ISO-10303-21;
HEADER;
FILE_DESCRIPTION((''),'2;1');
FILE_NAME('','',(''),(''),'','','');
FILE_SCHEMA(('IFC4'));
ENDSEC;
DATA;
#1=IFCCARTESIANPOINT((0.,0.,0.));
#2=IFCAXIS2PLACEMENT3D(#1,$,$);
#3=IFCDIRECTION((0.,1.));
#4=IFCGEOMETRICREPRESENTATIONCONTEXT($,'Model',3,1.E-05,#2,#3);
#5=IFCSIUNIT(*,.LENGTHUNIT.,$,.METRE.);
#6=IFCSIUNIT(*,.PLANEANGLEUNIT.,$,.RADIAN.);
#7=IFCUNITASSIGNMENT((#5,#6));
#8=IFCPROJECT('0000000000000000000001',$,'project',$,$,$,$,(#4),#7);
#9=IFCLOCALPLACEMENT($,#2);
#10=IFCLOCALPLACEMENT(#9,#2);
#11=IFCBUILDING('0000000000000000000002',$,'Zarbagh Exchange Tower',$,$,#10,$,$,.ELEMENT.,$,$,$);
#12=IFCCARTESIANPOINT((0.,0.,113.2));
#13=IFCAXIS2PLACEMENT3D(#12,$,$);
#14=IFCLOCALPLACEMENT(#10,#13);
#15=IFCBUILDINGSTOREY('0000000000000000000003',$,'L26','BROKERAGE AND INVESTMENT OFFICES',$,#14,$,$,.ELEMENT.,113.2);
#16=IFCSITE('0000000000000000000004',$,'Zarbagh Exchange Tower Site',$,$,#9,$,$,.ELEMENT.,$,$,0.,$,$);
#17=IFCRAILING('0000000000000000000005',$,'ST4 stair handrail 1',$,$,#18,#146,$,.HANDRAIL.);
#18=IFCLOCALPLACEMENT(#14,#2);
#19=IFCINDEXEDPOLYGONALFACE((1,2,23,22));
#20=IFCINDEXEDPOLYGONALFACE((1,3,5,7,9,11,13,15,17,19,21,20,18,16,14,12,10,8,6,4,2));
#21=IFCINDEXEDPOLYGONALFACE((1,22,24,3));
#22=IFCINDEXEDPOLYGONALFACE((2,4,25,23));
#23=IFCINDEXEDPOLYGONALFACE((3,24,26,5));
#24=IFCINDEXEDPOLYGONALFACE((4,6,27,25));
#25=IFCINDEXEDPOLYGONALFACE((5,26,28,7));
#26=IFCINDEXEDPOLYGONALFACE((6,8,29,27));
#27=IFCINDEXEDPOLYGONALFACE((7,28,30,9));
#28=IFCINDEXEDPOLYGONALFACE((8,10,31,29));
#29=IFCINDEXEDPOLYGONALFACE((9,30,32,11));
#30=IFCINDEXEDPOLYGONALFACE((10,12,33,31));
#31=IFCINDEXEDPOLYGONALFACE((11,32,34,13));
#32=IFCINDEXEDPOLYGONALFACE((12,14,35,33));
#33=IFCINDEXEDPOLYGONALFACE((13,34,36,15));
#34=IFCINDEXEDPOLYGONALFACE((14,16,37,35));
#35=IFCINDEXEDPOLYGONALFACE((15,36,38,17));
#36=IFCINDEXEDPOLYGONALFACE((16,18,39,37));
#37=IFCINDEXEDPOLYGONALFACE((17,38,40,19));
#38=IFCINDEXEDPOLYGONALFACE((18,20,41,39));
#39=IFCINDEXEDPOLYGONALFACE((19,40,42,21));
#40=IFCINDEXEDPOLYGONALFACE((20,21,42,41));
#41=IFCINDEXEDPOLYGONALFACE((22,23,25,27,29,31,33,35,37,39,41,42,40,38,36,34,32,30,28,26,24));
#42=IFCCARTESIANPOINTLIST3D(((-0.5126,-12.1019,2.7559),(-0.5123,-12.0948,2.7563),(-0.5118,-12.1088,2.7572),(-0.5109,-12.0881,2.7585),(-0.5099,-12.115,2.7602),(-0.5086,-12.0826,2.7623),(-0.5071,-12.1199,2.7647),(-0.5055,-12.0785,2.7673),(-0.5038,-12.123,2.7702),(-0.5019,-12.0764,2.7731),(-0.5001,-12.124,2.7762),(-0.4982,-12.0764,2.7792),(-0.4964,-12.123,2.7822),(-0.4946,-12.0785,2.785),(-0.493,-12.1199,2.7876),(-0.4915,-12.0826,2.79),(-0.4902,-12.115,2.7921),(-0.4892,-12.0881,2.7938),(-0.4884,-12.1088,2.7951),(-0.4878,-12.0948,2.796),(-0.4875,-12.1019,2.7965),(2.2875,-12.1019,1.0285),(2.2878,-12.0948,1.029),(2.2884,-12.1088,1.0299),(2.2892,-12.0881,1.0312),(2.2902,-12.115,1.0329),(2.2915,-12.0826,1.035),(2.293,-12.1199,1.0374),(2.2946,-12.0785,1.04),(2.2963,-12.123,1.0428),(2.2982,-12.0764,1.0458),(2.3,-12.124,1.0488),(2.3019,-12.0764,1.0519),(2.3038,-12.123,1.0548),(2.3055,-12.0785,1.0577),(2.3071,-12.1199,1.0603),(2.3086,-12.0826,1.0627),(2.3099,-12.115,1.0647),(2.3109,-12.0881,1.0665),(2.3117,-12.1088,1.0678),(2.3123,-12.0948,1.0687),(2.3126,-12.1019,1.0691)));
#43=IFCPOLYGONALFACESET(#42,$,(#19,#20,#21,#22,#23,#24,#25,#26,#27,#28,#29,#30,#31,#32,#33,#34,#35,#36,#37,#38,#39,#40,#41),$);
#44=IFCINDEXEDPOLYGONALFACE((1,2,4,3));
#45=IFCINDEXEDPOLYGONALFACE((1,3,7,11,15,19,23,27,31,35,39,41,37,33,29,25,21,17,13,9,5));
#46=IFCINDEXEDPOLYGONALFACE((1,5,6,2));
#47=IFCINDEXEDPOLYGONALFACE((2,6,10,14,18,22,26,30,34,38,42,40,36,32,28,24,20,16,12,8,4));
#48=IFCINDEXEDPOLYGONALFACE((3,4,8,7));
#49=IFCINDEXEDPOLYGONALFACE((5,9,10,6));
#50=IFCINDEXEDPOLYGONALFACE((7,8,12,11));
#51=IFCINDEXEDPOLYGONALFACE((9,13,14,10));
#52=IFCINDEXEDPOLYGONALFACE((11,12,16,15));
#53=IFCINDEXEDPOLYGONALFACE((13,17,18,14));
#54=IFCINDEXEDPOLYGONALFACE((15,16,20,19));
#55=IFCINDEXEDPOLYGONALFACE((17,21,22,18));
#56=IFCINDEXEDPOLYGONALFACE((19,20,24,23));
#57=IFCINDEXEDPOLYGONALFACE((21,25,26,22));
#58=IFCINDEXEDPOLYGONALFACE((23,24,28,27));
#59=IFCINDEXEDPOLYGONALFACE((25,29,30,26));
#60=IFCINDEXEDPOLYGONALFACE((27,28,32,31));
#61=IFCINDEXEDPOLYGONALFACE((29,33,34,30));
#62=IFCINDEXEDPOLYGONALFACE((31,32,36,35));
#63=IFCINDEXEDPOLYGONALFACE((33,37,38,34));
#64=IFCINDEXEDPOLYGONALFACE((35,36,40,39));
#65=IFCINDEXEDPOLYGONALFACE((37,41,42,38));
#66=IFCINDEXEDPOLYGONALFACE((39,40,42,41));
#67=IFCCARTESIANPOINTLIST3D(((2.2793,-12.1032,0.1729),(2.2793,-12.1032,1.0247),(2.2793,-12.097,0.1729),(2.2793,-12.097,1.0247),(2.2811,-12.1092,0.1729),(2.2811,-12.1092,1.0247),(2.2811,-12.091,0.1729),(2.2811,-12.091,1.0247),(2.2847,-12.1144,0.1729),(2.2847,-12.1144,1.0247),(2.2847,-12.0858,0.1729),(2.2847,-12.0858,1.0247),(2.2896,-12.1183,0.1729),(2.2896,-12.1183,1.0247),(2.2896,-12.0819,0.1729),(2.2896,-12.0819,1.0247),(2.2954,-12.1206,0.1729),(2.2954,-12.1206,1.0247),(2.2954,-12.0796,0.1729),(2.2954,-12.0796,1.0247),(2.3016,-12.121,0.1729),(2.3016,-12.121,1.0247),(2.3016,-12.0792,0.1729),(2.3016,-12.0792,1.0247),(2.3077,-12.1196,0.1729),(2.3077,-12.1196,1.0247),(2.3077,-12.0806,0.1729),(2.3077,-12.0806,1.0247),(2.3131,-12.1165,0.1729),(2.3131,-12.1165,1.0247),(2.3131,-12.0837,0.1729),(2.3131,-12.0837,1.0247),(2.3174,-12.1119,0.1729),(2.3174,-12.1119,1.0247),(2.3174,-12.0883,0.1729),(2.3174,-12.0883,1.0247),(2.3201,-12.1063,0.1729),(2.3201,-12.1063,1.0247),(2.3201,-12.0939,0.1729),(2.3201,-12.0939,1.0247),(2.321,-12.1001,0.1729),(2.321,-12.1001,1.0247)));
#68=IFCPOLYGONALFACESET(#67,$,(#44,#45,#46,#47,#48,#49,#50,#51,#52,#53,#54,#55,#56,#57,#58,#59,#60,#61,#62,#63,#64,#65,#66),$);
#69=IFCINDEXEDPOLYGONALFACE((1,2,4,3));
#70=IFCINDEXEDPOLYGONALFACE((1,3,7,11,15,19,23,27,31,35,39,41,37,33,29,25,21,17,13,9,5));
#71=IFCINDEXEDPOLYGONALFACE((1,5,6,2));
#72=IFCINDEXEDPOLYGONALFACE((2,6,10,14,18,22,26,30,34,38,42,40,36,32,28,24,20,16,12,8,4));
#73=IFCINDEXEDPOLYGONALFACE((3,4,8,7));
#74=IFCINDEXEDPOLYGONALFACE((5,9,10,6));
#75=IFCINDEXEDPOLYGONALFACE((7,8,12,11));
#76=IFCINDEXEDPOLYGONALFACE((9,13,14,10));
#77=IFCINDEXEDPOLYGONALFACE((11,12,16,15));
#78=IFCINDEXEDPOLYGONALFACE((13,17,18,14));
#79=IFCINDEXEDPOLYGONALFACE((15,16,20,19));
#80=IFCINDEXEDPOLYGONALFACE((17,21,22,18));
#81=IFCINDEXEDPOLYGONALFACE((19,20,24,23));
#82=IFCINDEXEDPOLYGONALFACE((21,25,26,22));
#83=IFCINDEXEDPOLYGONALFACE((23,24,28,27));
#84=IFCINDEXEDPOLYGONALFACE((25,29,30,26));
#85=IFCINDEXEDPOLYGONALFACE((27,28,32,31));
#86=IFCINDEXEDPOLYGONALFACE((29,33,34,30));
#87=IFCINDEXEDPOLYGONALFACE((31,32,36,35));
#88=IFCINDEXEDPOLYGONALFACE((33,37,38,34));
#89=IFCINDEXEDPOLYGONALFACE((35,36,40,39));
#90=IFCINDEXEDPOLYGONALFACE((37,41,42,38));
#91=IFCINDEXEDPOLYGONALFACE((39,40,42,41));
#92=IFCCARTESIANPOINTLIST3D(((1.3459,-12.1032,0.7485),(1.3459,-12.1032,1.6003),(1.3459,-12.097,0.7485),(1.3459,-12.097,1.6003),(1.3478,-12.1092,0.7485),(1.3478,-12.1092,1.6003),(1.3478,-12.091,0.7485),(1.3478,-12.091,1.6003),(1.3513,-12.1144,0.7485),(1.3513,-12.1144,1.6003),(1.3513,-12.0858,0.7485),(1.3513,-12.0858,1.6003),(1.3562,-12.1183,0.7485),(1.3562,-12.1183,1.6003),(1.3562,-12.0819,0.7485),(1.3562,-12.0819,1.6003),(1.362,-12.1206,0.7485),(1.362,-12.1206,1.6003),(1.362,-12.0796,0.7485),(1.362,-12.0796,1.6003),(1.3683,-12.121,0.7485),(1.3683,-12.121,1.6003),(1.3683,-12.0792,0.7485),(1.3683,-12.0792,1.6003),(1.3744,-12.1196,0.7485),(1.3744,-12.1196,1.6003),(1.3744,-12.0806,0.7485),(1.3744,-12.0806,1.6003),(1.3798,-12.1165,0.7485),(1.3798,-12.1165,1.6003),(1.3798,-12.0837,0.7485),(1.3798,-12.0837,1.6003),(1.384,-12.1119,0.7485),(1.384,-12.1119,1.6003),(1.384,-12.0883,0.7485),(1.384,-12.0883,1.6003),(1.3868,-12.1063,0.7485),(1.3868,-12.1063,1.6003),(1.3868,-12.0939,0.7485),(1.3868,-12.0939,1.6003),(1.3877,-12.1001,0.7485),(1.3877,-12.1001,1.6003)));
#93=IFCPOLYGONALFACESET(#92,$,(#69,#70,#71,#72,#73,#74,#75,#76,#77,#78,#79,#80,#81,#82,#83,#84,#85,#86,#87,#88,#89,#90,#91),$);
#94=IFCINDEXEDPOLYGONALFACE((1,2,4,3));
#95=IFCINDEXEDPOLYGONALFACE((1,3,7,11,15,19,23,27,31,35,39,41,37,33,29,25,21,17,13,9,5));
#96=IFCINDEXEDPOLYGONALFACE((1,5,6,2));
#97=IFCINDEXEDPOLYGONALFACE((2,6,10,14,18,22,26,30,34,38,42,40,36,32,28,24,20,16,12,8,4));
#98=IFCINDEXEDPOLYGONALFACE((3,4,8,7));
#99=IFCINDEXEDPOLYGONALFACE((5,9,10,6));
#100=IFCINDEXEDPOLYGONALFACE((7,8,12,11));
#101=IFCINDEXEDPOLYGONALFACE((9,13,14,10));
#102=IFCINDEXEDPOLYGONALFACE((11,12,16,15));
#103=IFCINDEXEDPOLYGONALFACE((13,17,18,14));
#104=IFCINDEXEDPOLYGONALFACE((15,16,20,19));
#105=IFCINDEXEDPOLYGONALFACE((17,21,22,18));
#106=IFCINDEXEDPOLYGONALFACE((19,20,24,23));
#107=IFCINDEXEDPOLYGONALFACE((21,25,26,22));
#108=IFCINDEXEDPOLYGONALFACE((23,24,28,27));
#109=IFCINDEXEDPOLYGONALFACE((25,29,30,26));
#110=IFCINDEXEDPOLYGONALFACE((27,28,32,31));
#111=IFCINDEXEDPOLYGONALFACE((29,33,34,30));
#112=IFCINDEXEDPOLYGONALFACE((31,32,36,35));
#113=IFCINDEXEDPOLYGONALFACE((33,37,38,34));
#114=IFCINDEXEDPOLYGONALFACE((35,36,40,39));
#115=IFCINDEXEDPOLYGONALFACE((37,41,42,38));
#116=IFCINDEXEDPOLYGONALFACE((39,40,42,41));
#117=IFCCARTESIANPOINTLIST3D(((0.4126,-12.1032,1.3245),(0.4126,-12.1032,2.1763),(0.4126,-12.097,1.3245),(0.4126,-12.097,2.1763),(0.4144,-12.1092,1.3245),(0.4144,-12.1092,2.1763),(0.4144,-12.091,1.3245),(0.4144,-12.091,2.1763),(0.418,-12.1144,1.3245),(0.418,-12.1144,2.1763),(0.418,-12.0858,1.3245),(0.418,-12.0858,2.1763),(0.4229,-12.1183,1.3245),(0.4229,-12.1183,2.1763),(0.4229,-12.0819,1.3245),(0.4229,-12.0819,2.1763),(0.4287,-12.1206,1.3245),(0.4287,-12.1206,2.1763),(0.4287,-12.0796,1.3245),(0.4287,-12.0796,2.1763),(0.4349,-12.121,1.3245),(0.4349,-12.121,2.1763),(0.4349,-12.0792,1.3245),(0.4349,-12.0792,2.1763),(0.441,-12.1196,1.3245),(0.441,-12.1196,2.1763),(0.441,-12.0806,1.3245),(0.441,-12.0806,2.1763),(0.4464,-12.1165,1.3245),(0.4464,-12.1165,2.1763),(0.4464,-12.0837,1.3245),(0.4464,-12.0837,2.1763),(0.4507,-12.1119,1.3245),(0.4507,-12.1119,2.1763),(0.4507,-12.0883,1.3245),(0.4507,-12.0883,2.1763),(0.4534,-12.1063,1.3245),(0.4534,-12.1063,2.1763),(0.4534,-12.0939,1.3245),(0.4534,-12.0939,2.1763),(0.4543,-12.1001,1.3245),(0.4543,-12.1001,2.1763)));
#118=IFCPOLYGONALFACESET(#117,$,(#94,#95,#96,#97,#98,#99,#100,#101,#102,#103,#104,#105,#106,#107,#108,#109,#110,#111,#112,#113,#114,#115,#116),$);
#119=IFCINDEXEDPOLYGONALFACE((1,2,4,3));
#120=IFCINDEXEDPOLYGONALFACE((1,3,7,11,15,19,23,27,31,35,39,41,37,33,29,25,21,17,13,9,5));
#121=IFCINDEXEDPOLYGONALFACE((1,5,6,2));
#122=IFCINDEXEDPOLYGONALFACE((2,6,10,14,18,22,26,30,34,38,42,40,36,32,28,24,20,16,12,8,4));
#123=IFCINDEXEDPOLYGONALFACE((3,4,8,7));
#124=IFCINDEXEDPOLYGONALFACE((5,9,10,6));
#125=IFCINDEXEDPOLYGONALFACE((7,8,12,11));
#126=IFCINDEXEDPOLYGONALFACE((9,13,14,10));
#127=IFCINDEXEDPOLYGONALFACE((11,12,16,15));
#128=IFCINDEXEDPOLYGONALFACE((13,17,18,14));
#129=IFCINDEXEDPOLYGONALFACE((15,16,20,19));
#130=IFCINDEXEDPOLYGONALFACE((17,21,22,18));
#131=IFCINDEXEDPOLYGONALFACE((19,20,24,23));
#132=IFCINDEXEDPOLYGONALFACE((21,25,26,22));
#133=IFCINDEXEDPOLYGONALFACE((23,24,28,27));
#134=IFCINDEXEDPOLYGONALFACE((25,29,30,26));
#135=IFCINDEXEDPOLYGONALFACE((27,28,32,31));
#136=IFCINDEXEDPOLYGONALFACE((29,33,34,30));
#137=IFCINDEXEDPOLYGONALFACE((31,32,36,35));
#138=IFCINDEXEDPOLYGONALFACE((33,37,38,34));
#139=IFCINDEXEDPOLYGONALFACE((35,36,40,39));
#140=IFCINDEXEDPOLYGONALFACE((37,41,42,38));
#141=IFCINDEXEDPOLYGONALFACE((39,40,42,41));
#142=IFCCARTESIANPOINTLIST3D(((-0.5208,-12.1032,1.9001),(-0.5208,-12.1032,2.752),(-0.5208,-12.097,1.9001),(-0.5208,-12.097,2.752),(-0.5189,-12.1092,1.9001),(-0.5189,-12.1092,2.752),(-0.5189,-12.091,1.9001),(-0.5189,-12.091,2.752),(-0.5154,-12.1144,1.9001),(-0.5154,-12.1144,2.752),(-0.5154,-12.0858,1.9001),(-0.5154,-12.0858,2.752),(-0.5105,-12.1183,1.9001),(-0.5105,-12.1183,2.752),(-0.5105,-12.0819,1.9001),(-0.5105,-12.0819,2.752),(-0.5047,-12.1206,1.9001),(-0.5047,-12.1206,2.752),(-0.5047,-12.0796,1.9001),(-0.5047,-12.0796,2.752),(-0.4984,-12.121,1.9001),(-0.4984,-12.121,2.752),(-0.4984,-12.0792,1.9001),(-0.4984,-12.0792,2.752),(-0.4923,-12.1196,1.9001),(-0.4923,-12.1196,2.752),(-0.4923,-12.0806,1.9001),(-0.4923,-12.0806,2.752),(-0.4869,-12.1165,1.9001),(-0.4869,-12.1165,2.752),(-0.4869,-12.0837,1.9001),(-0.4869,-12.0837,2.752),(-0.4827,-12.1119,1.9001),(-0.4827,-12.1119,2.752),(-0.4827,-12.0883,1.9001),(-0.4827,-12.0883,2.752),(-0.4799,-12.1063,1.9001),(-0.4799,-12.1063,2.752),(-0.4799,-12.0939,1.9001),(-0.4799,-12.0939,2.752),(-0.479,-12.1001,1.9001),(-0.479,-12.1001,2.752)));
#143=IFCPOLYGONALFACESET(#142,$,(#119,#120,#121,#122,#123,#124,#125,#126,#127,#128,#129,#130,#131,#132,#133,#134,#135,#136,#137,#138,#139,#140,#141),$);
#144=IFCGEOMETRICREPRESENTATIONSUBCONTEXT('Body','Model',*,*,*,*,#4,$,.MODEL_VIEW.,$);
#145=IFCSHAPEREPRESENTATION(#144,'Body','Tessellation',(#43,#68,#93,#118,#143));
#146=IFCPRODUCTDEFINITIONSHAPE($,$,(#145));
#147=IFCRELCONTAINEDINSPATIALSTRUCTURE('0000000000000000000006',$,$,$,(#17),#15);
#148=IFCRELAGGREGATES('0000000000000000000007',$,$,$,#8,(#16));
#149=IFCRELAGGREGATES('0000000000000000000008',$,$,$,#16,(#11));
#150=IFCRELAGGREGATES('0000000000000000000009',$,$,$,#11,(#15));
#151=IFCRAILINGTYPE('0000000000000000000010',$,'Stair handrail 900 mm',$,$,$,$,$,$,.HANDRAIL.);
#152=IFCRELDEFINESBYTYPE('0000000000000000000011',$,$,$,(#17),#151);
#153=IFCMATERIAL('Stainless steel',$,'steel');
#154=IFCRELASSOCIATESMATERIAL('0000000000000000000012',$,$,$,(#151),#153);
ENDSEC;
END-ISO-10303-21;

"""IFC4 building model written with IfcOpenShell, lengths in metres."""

from ifc_helpers import new_model, si_unit, direction, frame, origin, origin_2d, place, context, subcontext, project, spatial, circle, extrude, material, type_object, element, save


model = new_model("IFC4")

# Units and contexts
model_context = context("Model", 3, precision=1e-05, world=origin(), true_north=direction((0.0, 1.0)))
body_context = subcontext(model_context, "Body", "Model", "MODEL_VIEW")
ifc_project = project(units=[si_unit("LENGTHUNIT", "METRE"), si_unit("PLANEANGLEUNIT", "RADIAN")], contexts=[model_context])

# Site, building, storey
site_placement = place(None, origin())
site = spatial("IfcSite", under=ifc_project, at=site_placement, Name="Zarbagh Exchange Tower Site", CompositionType="ELEMENT", RefElevation=0.0)
building_placement = place(site_placement, origin())
building = spatial("IfcBuilding", under=site, at=building_placement, Name="Zarbagh Exchange Tower", CompositionType="ELEMENT")
storey_placement = place(building_placement, frame((0.0, 0.0, 113.2)))
storey = spatial("IfcBuildingStorey", under=building, at=storey_placement, Name="L26", Description="BROKERAGE AND INVESTMENT OFFICES", CompositionType="ELEMENT", Elevation=113.2)

# Railing
ifc_material_1 = material(Name="Stainless steel", Category="steel")
railing_type_1 = type_object("IfcRailingType", Name="Stair handrail 900 mm", PredefinedType="HANDRAIL", material=ifc_material_1)
for number, where, name in (
    (1, (2.3, -12.1001, 0.1729), "ST4 stair handrail 1"),
):
    element("IfcRailing", number, at=place(storey_placement, frame(where)), inside=storey, type_object=railing_type_1, Name=name, PredefinedType="HANDRAIL", context=body_context, shape_type="SweptSolid", body=[
        extrude(circle(Radius=0.0239, at=origin_2d()), frame((0.0, 0.0, 0.876), z_axis=(-0.85109, 0.0, 0.52502), x_axis=(0.0, -1.0, 0.0)), (0.0, 0.0, 1.0), 3.29),
        extrude(circle(Radius=0.021, at=origin_2d()), origin(), (0.0, 0.0, 1.0), 0.8518),
        extrude(circle(Radius=0.021, at=origin_2d()), frame((-0.9333, 0.0, 0.5757)), (0.0, 0.0, 1.0), 0.8518),
        extrude(circle(Radius=0.021, at=origin_2d()), frame((-1.8667, 0.0, 1.1516)), (0.0, 0.0, 1.0), 0.8518),
        extrude(circle(Radius=0.021, at=origin_2d()), frame((-2.8, 0.0, 1.7273)), (0.0, 0.0, 1.0), 0.8518),
    ])

save(model, "model.ifc")
